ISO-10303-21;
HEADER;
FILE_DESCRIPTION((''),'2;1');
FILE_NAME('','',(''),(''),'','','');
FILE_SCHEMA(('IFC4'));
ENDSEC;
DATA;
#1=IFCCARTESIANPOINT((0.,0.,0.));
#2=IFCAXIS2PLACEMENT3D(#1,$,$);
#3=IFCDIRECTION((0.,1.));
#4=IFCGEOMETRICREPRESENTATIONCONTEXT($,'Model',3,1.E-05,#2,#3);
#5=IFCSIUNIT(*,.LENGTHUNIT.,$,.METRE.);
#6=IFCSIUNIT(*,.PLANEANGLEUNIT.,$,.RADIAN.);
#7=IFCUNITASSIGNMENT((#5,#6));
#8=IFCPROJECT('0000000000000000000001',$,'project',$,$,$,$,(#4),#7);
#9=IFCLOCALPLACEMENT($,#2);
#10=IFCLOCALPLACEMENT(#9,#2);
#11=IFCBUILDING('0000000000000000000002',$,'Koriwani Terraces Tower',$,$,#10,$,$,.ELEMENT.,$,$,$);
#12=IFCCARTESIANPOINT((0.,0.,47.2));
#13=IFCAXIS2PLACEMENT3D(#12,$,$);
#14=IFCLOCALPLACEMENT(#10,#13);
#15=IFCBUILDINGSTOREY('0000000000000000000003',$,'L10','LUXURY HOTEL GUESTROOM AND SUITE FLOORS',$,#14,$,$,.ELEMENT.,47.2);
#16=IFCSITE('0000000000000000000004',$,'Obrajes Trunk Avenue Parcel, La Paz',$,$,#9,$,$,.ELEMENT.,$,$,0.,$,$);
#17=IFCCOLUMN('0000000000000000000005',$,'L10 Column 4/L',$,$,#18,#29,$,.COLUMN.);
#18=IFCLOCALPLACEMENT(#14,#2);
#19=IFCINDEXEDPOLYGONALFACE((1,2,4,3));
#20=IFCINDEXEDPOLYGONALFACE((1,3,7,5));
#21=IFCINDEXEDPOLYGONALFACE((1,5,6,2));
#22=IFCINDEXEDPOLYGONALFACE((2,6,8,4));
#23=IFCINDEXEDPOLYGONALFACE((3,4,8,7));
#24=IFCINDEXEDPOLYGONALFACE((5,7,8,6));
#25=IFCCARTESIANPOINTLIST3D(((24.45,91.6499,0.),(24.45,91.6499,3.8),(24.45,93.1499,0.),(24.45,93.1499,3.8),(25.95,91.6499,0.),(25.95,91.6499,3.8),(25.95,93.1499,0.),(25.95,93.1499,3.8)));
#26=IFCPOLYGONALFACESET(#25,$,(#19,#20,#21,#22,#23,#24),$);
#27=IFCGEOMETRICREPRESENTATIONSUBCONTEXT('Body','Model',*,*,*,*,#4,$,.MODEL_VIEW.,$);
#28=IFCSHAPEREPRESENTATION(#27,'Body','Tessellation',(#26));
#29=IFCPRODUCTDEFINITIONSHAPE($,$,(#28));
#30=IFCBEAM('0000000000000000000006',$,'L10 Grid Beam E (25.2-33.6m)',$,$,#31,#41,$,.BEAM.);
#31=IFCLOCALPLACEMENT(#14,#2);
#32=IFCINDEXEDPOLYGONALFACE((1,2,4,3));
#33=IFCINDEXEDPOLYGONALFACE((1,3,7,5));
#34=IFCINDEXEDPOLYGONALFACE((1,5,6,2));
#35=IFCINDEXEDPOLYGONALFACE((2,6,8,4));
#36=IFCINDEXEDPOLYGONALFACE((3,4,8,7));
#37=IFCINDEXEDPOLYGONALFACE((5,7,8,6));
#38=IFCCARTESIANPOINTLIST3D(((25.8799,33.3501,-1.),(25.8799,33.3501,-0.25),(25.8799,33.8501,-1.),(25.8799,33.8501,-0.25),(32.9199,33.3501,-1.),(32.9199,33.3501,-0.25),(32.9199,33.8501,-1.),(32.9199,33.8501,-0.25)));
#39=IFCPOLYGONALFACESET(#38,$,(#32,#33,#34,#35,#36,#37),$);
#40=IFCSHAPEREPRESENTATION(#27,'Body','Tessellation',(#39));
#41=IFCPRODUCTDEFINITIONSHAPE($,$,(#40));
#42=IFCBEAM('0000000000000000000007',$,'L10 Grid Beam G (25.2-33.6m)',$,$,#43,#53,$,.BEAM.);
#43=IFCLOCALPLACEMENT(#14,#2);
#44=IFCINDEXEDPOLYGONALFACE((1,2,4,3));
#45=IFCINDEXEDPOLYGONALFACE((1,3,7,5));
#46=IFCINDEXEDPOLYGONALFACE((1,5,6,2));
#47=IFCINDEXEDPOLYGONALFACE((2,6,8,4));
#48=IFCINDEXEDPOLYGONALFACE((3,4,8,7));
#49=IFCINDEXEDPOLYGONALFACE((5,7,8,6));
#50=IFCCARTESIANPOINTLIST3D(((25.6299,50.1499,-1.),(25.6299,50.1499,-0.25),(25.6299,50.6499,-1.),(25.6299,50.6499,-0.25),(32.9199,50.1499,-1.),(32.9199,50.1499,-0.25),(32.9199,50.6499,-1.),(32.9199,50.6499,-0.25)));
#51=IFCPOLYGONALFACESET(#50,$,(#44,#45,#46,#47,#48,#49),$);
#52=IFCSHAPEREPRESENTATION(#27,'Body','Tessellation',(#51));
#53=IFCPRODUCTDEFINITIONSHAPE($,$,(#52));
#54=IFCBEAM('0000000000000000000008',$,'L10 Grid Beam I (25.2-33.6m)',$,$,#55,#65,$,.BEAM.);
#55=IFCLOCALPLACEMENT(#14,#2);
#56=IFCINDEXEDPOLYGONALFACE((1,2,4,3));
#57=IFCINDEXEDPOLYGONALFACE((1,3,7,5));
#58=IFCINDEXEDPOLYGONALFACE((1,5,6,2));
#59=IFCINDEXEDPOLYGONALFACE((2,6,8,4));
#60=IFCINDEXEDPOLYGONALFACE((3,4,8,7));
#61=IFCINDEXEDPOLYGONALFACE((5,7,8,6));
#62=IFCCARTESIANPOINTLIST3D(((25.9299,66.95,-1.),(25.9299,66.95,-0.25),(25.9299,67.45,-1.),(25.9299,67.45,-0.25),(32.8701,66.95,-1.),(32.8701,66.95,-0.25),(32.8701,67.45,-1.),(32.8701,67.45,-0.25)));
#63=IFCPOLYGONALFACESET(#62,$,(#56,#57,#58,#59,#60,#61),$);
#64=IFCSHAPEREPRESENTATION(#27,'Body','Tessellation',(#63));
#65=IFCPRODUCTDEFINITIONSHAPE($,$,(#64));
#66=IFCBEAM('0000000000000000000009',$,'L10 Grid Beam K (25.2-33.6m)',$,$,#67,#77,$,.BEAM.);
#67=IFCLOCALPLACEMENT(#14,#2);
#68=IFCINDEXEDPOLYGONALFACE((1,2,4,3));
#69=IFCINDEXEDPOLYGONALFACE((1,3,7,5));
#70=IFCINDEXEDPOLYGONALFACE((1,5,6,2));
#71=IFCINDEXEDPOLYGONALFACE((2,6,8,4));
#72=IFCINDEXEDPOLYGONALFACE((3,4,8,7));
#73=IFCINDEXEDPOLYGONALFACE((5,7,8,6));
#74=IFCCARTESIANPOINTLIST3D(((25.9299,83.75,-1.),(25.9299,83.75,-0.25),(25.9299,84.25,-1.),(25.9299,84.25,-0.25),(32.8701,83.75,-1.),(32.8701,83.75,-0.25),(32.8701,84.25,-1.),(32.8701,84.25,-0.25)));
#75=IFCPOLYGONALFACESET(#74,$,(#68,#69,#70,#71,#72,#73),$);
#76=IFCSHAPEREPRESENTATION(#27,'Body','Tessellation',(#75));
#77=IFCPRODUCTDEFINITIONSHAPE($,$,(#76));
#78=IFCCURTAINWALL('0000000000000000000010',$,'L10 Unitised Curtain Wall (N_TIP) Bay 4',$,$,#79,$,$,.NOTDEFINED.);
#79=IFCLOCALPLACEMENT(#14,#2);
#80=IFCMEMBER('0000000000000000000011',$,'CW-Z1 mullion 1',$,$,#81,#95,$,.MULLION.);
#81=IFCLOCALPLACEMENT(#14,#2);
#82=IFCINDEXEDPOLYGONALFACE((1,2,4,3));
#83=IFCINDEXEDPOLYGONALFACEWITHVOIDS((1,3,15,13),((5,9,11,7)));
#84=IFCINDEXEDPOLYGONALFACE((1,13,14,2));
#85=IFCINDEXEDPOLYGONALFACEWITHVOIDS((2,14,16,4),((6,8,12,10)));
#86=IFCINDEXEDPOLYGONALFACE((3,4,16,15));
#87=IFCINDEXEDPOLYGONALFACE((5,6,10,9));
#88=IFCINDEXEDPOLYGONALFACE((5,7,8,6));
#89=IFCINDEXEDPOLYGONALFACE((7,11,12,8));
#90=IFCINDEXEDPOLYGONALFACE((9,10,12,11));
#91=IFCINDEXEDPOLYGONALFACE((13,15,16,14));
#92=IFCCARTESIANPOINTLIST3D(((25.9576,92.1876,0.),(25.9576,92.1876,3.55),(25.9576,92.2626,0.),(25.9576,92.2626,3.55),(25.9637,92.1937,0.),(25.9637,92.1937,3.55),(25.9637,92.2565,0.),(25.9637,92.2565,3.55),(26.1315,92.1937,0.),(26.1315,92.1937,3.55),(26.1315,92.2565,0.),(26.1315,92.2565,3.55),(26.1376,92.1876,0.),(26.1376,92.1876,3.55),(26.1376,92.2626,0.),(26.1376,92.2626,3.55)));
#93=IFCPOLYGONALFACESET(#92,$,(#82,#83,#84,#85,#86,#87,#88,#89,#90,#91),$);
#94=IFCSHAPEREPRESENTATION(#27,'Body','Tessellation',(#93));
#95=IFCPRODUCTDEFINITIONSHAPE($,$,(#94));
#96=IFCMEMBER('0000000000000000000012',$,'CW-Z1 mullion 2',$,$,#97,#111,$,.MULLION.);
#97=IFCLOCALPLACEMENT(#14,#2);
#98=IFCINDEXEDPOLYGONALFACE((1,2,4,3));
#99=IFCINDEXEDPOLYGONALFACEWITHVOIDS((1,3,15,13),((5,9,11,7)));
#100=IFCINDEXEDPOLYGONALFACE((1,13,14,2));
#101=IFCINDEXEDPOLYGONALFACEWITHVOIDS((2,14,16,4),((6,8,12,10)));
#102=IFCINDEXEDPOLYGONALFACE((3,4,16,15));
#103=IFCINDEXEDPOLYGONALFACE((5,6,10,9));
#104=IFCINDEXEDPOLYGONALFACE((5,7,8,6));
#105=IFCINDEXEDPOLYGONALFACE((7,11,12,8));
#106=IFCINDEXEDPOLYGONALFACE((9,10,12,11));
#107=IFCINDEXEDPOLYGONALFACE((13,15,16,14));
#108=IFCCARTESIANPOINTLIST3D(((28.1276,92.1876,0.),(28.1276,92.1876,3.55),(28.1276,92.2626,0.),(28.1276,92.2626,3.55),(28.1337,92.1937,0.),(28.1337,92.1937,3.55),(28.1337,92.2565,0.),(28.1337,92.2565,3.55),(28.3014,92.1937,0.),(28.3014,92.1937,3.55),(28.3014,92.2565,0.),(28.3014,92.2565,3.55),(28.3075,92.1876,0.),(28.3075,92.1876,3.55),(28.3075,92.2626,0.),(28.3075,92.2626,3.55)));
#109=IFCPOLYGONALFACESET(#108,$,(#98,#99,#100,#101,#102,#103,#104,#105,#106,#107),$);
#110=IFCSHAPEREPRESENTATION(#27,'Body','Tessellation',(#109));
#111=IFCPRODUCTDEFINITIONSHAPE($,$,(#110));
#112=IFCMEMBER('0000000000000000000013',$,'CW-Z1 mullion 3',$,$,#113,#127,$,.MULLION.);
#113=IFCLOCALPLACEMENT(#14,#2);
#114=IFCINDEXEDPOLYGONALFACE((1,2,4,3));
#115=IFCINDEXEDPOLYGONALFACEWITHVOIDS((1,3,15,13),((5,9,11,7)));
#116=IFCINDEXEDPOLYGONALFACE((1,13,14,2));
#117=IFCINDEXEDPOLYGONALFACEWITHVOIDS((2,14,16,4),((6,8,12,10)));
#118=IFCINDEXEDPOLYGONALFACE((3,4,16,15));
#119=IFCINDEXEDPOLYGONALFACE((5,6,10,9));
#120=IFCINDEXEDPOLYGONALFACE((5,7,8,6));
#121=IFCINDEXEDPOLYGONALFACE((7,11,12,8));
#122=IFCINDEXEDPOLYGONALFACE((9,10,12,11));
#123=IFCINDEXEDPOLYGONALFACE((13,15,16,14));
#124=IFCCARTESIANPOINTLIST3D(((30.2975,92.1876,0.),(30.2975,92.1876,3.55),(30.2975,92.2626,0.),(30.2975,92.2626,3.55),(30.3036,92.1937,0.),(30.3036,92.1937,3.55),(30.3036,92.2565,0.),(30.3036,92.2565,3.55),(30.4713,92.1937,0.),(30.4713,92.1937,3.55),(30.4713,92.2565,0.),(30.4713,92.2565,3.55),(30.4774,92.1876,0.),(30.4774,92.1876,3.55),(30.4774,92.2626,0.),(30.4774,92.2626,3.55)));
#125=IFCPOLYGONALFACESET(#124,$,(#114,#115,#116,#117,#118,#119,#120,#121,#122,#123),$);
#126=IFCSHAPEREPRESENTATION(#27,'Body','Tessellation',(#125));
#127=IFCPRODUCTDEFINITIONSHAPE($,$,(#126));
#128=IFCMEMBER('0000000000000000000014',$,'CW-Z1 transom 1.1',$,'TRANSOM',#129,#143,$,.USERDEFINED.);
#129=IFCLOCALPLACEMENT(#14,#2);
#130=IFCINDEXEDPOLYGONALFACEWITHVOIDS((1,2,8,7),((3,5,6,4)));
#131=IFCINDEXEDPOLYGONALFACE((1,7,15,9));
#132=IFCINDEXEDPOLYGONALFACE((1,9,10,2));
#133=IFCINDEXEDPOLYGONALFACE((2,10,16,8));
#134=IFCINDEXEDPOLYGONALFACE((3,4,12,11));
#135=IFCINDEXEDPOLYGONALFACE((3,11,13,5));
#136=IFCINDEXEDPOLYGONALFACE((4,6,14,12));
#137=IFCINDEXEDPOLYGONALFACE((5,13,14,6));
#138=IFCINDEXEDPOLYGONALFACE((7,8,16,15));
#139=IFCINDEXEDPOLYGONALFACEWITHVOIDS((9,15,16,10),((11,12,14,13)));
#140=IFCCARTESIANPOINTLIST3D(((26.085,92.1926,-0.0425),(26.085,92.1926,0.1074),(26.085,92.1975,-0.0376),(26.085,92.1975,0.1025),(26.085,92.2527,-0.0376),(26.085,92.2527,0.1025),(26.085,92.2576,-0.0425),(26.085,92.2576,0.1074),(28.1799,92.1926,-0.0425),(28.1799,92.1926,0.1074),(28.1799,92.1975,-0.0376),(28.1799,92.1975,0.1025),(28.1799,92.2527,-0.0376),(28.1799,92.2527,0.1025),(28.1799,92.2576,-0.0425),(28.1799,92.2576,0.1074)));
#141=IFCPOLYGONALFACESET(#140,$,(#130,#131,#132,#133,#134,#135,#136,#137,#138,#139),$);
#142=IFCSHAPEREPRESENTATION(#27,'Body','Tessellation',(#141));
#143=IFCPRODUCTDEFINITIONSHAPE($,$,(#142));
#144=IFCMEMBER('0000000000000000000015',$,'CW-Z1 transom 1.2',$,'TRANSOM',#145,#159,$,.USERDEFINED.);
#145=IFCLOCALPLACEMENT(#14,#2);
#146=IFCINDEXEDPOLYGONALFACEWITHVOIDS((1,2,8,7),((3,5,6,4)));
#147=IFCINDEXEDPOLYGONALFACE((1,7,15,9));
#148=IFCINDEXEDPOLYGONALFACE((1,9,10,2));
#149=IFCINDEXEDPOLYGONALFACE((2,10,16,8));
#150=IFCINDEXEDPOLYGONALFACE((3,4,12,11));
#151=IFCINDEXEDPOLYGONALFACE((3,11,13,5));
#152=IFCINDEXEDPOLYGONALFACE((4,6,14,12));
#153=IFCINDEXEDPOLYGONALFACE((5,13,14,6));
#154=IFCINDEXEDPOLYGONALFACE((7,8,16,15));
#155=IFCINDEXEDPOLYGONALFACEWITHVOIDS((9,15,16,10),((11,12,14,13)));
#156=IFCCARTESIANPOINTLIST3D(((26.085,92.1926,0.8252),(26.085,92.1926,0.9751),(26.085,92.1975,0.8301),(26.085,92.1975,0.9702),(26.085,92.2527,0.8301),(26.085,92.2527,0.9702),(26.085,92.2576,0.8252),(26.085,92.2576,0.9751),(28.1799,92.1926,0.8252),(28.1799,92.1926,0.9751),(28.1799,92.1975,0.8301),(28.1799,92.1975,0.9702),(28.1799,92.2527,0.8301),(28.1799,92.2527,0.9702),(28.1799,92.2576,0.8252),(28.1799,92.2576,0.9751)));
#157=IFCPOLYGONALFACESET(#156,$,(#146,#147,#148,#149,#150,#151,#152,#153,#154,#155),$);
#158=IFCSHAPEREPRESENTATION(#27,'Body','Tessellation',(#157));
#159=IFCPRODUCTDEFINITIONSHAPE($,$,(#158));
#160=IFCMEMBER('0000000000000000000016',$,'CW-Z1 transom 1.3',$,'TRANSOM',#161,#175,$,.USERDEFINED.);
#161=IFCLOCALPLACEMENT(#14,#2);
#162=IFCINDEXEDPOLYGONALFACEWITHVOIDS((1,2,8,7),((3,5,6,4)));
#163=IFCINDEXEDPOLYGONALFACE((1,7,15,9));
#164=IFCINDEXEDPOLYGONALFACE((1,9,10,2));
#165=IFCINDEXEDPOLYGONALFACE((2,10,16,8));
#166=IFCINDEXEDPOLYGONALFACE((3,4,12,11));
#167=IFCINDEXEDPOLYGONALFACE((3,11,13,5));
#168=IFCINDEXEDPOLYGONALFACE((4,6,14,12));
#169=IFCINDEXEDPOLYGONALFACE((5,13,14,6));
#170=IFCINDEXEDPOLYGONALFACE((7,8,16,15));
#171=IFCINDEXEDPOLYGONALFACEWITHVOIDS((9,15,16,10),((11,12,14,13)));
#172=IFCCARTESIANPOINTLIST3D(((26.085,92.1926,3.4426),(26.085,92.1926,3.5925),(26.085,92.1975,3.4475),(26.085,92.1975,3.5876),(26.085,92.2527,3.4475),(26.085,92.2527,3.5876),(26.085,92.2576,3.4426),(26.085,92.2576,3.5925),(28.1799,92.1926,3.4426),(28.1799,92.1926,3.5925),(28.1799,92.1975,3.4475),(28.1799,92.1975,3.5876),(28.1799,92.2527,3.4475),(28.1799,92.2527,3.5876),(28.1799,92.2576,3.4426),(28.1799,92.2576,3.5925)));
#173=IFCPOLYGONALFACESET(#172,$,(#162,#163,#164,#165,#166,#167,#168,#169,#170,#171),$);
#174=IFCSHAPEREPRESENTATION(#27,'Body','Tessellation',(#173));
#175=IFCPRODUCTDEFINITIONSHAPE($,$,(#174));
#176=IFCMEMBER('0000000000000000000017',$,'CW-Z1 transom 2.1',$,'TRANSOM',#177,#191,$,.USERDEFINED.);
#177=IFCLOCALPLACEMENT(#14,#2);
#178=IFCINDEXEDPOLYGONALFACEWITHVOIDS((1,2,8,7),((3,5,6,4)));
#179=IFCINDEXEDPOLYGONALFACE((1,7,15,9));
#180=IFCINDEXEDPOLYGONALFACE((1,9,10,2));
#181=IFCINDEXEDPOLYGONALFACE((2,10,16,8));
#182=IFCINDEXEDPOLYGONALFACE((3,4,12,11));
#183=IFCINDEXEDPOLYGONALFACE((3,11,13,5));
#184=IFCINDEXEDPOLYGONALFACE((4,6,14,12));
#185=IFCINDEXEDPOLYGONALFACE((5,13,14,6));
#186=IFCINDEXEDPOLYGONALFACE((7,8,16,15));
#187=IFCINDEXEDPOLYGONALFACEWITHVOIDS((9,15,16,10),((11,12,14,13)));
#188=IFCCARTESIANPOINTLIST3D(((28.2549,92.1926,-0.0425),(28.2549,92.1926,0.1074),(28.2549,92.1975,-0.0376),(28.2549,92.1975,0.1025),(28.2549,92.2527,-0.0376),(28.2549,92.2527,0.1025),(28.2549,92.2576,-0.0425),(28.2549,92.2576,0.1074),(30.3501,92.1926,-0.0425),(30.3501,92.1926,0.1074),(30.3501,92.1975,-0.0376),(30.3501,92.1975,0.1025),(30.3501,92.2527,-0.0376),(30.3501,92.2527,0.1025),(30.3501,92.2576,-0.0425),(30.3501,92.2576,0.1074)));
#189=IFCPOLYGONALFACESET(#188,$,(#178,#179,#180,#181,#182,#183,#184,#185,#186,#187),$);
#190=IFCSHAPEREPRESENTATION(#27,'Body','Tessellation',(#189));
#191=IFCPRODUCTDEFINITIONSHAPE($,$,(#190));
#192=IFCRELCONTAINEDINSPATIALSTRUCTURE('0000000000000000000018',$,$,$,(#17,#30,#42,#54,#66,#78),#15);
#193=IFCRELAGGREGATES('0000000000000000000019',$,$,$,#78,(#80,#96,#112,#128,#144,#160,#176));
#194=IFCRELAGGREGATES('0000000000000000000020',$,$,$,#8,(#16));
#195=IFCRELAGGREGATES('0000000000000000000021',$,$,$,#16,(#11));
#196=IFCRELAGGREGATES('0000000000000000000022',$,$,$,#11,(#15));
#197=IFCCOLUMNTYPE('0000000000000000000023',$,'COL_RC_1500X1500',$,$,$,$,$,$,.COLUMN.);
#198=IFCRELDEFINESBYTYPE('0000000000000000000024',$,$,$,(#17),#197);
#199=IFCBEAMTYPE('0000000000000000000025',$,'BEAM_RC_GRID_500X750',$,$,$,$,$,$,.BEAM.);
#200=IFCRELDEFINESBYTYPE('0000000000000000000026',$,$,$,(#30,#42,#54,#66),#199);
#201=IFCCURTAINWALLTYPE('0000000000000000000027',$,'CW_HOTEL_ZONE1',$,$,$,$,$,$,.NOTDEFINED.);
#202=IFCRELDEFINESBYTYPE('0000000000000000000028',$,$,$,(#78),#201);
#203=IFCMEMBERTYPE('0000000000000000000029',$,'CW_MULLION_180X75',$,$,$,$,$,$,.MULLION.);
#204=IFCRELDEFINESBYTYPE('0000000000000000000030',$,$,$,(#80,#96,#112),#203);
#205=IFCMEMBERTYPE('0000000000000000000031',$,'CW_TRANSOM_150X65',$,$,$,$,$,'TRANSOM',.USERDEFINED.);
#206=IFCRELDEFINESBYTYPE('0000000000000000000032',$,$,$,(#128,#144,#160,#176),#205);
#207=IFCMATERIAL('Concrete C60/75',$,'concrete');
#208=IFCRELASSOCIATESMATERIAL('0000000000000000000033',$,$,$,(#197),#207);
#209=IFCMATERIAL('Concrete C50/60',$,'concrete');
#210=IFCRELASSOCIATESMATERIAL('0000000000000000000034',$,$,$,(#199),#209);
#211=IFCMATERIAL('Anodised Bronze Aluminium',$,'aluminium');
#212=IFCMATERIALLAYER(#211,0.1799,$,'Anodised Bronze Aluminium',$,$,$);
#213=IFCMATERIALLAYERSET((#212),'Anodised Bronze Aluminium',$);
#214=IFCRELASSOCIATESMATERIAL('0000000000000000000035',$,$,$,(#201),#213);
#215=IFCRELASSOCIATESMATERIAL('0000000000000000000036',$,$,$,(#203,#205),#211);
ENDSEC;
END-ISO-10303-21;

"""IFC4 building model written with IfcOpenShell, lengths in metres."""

from ifc_helpers import new_model, si_unit, direction, frame, origin, origin_2d, place, context, subcontext, project, spatial, rectangle, hollow_rectangle, extrude, material, layer, layer_set, material_profile, profile_set, type_object, element, aggregate, save


model = new_model("IFC4")

# Units and contexts
model_context = context("Model", 3, precision=1e-05, world=origin(), true_north=direction((0.0, 1.0)))
body_context = subcontext(model_context, "Body", "Model", "MODEL_VIEW")
ifc_project = project(units=[si_unit("LENGTHUNIT", "METRE"), si_unit("PLANEANGLEUNIT", "RADIAN")], contexts=[model_context])

# Site, building, storey
site_placement = place(None, origin())
site = spatial("IfcSite", under=ifc_project, at=site_placement, Name="Obrajes Trunk Avenue Parcel, La Paz", CompositionType="ELEMENT", RefElevation=0.0)
building_placement = place(site_placement, origin())
building = spatial("IfcBuilding", under=site, at=building_placement, Name="Koriwani Terraces Tower", CompositionType="ELEMENT")
storey_placement = place(building_placement, frame((0.0, 0.0, 47.2)))
storey = spatial("IfcBuildingStorey", under=building, at=storey_placement, Name="L10", Description="LUXURY HOTEL GUESTROOM AND SUITE FLOORS", CompositionType="ELEMENT", Elevation=47.2)

# Column
ifc_material_1 = material(Name="Concrete C60/75", Category="concrete")
ifc_material_profile_1 = material_profile(ifc_material_1, rectangle(XDim=1.5, YDim=1.5, at=origin_2d()), Name="Concrete C60/75", Category="LoadBearing")
ifc_profile_set_1 = profile_set([ifc_material_profile_1], Name="Concrete C60/75")
column_type = type_object("IfcColumnType", Name="COL_RC_1500X1500", PredefinedType="COLUMN", material=ifc_profile_set_1)
column_placement = place(storey_placement, frame((25.2, 92.3999, 0.0), z_axis=(0.0, 0.0, 1.0), x_axis=(1.0, 0.0, 0.0)))
element("IfcColumn", 1, at=column_placement, inside=storey, type_object=column_type, Name="L10 Column 4/L", PredefinedType="COLUMN", context=body_context, shape_type="SweptSolid", body=[
    extrude(rectangle(XDim=1.5, YDim=1.5, at=origin_2d()), origin(), (0.0, 0.0, 1.0), 3.8),
])

# Beams
ifc_material_2 = material(Name="Concrete C50/60", Category="concrete")
ifc_material_profile_2 = material_profile(ifc_material_2, rectangle(XDim=0.5, YDim=0.75, at=origin_2d()), Name="Concrete C50/60", Category="LoadBearing")
ifc_profile_set_2 = profile_set([ifc_material_profile_2], Name="Concrete C50/60")
beam_type_1 = type_object("IfcBeamType", Name="BEAM_RC_GRID_500X750", PredefinedType="BEAM", material=ifc_profile_set_2)
beam_1_placement = place(storey_placement, frame((25.8799, 33.6001, -0.625), z_axis=(1.0, 0.0, 0.0), x_axis=(0.0, 1.0, 0.0)))
element("IfcBeam", 2, at=beam_1_placement, inside=storey, type_object=beam_type_1, Name="L10 Grid Beam E (25.2-33.6m)", PredefinedType="BEAM", context=body_context, shape_type="SweptSolid", body=[
    extrude(rectangle(XDim=0.5, YDim=0.75, at=origin_2d()), origin(), (0.0, 0.0, 1.0), 7.04),
])
beam_2_placement = place(storey_placement, frame((25.6299, 50.3999, -0.625), z_axis=(1.0, 0.0, 0.0), x_axis=(0.0, 1.0, 0.0)))
element("IfcBeam", 3, at=beam_2_placement, inside=storey, type_object=beam_type_1, Name="L10 Grid Beam G (25.2-33.6m)", PredefinedType="BEAM", context=body_context, shape_type="SweptSolid", body=[
    extrude(rectangle(XDim=0.5, YDim=0.75, at=origin_2d()), origin(), (0.0, 0.0, 1.0), 7.29),
])
for number, where, z_axis, x_axis, name in (
    (4, (25.9299, 67.2, -0.625), (1.0, 0.0, 0.0), (0.0, 1.0, 0.0), "L10 Grid Beam I (25.2-33.6m)"),
    (5, (25.9299, 84.0, -0.625), (1.0, 0.0, 0.0), (0.0, 1.0, 0.0), "L10 Grid Beam K (25.2-33.6m)"),
):
    element("IfcBeam", number, at=place(storey_placement, frame(where, z_axis=z_axis, x_axis=x_axis)), inside=storey, type_object=beam_type_1, Name=name, PredefinedType="BEAM", context=body_context, shape_type="SweptSolid", body=[
        extrude(rectangle(XDim=0.5, YDim=0.75, at=origin_2d()), origin(), (0.0, 0.0, 1.0), 6.9402),
    ])

# Curtain wall, members
ifc_material_3 = material(Name="Anodised Bronze Aluminium", Category="aluminium")
ifc_layer_1 = layer(ifc_material_3, 0.1799, Name="Anodised Bronze Aluminium")
ifc_layer_set_1 = layer_set([ifc_layer_1], Name="Anodised Bronze Aluminium")
curtain_wall_type = type_object("IfcCurtainWallType", Name="CW_HOTEL_ZONE1", PredefinedType="NOTDEFINED", material=ifc_layer_set_1)
curtain_wall_placement = place(storey_placement, origin())
curtain_wall = element("IfcCurtainWall", 6, at=curtain_wall_placement, inside=storey, type_object=curtain_wall_type, Name="L10 Unitised Curtain Wall (N_TIP) Bay 4", PredefinedType="NOTDEFINED")
ifc_material_profile_3 = material_profile(ifc_material_3, hollow_rectangle(XDim=0.075, YDim=0.1799, WallThickness=0.0061, at=origin_2d()), Name="Anodised Bronze Aluminium", Category="LoadBearing")
ifc_profile_set_3 = profile_set([ifc_material_profile_3], Name="Anodised Bronze Aluminium")
member_type_1 = type_object("IfcMemberType", Name="CW_MULLION_180X75", PredefinedType="MULLION", material=ifc_profile_set_3)
member_1_placement = place(storey_placement, frame((26.0476, 92.2251, 0.0), z_axis=(0.0, 0.0, 1.0), x_axis=(0.0, 1.0, 0.0)))
member_1 = element("IfcMember", 7, at=member_1_placement, type_object=member_type_1, Name="CW-Z1 mullion 1", PredefinedType="MULLION", context=body_context, shape_type="SweptSolid", body=[
    extrude(hollow_rectangle(XDim=0.075, YDim=0.1799, WallThickness=0.0061, at=origin_2d()), origin(), (0.0, 0.0, 1.0), 3.55),
])
member_2_placement = place(storey_placement, frame((28.2175, 92.2251, 0.0), z_axis=(0.0, 0.0, 1.0), x_axis=(0.0, 1.0, 0.0)))
member_2 = element("IfcMember", 8, at=member_2_placement, type_object=member_type_1, Name="CW-Z1 mullion 2", PredefinedType="MULLION", context=body_context, shape_type="SweptSolid", body=[
    extrude(hollow_rectangle(XDim=0.075, YDim=0.1799, WallThickness=0.0061, at=origin_2d()), origin(), (0.0, 0.0, 1.0), 3.55),
])
member_3_placement = place(storey_placement, frame((30.3875, 92.2251, 0.0), z_axis=(0.0, 0.0, 1.0), x_axis=(0.0, 1.0, 0.0)))
member_3 = element("IfcMember", 9, at=member_3_placement, type_object=member_type_1, Name="CW-Z1 mullion 3", PredefinedType="MULLION", context=body_context, shape_type="SweptSolid", body=[
    extrude(hollow_rectangle(XDim=0.075, YDim=0.1799, WallThickness=0.0061, at=origin_2d()), origin(), (0.0, 0.0, 1.0), 3.55),
])
ifc_material_profile_4 = material_profile(ifc_material_3, hollow_rectangle(XDim=0.0649, YDim=0.1499, WallThickness=0.0049, at=origin_2d()), Name="Anodised Bronze Aluminium", Category="LoadBearing")
ifc_profile_set_4 = profile_set([ifc_material_profile_4], Name="Anodised Bronze Aluminium")
member_type_2 = type_object("IfcMemberType", Name="CW_TRANSOM_150X65", ElementType="TRANSOM", PredefinedType="USERDEFINED", material=ifc_profile_set_4)
member_4_placement = place(storey_placement, frame((26.085, 92.2251, 0.0325), z_axis=(1.0, 0.0, 0.0), x_axis=(0.0, 1.0, 0.0)))
member_4 = element("IfcMember", 10, at=member_4_placement, type_object=member_type_2, Name="CW-Z1 transom 1.1", ObjectType="TRANSOM", PredefinedType="USERDEFINED", context=body_context, shape_type="SweptSolid", body=[
    extrude(hollow_rectangle(XDim=0.0649, YDim=0.1499, WallThickness=0.0049, at=origin_2d()), origin(), (0.0, 0.0, 1.0), 2.095),
])
member_5_placement = place(storey_placement, frame((26.085, 92.2251, 0.9001), z_axis=(1.0, 0.0, 0.0), x_axis=(0.0, 1.0, 0.0)))
member_5 = element("IfcMember", 11, at=member_5_placement, type_object=member_type_2, Name="CW-Z1 transom 1.2", ObjectType="TRANSOM", PredefinedType="USERDEFINED", context=body_context, shape_type="SweptSolid", body=[
    extrude(hollow_rectangle(XDim=0.0649, YDim=0.1499, WallThickness=0.0049, at=origin_2d()), origin(), (0.0, 0.0, 1.0), 2.095),
])
member_6_placement = place(storey_placement, frame((26.085, 92.2251, 3.5176), z_axis=(1.0, 0.0, 0.0), x_axis=(0.0, 1.0, 0.0)))
member_6 = element("IfcMember", 12, at=member_6_placement, type_object=member_type_2, Name="CW-Z1 transom 1.3", ObjectType="TRANSOM", PredefinedType="USERDEFINED", context=body_context, shape_type="SweptSolid", body=[
    extrude(hollow_rectangle(XDim=0.0649, YDim=0.1499, WallThickness=0.0049, at=origin_2d()), origin(), (0.0, 0.0, 1.0), 2.095),
])
member_7_placement = place(storey_placement, frame((28.2549, 92.2251, 0.0325), z_axis=(1.0, 0.0, 0.0), x_axis=(0.0, 1.0, 0.0)))
member_7 = element("IfcMember", 13, at=member_7_placement, type_object=member_type_2, Name="CW-Z1 transom 2.1", ObjectType="TRANSOM", PredefinedType="USERDEFINED", context=body_context, shape_type="SweptSolid", body=[
    extrude(hollow_rectangle(XDim=0.0649, YDim=0.1499, WallThickness=0.0049, at=origin_2d()), origin(), (0.0, 0.0, 1.0), 2.0952),
])

aggregate(curtain_wall, [member_1, member_2, member_3, member_4, member_5, member_6, member_7])

save(model, "model.ifc")
